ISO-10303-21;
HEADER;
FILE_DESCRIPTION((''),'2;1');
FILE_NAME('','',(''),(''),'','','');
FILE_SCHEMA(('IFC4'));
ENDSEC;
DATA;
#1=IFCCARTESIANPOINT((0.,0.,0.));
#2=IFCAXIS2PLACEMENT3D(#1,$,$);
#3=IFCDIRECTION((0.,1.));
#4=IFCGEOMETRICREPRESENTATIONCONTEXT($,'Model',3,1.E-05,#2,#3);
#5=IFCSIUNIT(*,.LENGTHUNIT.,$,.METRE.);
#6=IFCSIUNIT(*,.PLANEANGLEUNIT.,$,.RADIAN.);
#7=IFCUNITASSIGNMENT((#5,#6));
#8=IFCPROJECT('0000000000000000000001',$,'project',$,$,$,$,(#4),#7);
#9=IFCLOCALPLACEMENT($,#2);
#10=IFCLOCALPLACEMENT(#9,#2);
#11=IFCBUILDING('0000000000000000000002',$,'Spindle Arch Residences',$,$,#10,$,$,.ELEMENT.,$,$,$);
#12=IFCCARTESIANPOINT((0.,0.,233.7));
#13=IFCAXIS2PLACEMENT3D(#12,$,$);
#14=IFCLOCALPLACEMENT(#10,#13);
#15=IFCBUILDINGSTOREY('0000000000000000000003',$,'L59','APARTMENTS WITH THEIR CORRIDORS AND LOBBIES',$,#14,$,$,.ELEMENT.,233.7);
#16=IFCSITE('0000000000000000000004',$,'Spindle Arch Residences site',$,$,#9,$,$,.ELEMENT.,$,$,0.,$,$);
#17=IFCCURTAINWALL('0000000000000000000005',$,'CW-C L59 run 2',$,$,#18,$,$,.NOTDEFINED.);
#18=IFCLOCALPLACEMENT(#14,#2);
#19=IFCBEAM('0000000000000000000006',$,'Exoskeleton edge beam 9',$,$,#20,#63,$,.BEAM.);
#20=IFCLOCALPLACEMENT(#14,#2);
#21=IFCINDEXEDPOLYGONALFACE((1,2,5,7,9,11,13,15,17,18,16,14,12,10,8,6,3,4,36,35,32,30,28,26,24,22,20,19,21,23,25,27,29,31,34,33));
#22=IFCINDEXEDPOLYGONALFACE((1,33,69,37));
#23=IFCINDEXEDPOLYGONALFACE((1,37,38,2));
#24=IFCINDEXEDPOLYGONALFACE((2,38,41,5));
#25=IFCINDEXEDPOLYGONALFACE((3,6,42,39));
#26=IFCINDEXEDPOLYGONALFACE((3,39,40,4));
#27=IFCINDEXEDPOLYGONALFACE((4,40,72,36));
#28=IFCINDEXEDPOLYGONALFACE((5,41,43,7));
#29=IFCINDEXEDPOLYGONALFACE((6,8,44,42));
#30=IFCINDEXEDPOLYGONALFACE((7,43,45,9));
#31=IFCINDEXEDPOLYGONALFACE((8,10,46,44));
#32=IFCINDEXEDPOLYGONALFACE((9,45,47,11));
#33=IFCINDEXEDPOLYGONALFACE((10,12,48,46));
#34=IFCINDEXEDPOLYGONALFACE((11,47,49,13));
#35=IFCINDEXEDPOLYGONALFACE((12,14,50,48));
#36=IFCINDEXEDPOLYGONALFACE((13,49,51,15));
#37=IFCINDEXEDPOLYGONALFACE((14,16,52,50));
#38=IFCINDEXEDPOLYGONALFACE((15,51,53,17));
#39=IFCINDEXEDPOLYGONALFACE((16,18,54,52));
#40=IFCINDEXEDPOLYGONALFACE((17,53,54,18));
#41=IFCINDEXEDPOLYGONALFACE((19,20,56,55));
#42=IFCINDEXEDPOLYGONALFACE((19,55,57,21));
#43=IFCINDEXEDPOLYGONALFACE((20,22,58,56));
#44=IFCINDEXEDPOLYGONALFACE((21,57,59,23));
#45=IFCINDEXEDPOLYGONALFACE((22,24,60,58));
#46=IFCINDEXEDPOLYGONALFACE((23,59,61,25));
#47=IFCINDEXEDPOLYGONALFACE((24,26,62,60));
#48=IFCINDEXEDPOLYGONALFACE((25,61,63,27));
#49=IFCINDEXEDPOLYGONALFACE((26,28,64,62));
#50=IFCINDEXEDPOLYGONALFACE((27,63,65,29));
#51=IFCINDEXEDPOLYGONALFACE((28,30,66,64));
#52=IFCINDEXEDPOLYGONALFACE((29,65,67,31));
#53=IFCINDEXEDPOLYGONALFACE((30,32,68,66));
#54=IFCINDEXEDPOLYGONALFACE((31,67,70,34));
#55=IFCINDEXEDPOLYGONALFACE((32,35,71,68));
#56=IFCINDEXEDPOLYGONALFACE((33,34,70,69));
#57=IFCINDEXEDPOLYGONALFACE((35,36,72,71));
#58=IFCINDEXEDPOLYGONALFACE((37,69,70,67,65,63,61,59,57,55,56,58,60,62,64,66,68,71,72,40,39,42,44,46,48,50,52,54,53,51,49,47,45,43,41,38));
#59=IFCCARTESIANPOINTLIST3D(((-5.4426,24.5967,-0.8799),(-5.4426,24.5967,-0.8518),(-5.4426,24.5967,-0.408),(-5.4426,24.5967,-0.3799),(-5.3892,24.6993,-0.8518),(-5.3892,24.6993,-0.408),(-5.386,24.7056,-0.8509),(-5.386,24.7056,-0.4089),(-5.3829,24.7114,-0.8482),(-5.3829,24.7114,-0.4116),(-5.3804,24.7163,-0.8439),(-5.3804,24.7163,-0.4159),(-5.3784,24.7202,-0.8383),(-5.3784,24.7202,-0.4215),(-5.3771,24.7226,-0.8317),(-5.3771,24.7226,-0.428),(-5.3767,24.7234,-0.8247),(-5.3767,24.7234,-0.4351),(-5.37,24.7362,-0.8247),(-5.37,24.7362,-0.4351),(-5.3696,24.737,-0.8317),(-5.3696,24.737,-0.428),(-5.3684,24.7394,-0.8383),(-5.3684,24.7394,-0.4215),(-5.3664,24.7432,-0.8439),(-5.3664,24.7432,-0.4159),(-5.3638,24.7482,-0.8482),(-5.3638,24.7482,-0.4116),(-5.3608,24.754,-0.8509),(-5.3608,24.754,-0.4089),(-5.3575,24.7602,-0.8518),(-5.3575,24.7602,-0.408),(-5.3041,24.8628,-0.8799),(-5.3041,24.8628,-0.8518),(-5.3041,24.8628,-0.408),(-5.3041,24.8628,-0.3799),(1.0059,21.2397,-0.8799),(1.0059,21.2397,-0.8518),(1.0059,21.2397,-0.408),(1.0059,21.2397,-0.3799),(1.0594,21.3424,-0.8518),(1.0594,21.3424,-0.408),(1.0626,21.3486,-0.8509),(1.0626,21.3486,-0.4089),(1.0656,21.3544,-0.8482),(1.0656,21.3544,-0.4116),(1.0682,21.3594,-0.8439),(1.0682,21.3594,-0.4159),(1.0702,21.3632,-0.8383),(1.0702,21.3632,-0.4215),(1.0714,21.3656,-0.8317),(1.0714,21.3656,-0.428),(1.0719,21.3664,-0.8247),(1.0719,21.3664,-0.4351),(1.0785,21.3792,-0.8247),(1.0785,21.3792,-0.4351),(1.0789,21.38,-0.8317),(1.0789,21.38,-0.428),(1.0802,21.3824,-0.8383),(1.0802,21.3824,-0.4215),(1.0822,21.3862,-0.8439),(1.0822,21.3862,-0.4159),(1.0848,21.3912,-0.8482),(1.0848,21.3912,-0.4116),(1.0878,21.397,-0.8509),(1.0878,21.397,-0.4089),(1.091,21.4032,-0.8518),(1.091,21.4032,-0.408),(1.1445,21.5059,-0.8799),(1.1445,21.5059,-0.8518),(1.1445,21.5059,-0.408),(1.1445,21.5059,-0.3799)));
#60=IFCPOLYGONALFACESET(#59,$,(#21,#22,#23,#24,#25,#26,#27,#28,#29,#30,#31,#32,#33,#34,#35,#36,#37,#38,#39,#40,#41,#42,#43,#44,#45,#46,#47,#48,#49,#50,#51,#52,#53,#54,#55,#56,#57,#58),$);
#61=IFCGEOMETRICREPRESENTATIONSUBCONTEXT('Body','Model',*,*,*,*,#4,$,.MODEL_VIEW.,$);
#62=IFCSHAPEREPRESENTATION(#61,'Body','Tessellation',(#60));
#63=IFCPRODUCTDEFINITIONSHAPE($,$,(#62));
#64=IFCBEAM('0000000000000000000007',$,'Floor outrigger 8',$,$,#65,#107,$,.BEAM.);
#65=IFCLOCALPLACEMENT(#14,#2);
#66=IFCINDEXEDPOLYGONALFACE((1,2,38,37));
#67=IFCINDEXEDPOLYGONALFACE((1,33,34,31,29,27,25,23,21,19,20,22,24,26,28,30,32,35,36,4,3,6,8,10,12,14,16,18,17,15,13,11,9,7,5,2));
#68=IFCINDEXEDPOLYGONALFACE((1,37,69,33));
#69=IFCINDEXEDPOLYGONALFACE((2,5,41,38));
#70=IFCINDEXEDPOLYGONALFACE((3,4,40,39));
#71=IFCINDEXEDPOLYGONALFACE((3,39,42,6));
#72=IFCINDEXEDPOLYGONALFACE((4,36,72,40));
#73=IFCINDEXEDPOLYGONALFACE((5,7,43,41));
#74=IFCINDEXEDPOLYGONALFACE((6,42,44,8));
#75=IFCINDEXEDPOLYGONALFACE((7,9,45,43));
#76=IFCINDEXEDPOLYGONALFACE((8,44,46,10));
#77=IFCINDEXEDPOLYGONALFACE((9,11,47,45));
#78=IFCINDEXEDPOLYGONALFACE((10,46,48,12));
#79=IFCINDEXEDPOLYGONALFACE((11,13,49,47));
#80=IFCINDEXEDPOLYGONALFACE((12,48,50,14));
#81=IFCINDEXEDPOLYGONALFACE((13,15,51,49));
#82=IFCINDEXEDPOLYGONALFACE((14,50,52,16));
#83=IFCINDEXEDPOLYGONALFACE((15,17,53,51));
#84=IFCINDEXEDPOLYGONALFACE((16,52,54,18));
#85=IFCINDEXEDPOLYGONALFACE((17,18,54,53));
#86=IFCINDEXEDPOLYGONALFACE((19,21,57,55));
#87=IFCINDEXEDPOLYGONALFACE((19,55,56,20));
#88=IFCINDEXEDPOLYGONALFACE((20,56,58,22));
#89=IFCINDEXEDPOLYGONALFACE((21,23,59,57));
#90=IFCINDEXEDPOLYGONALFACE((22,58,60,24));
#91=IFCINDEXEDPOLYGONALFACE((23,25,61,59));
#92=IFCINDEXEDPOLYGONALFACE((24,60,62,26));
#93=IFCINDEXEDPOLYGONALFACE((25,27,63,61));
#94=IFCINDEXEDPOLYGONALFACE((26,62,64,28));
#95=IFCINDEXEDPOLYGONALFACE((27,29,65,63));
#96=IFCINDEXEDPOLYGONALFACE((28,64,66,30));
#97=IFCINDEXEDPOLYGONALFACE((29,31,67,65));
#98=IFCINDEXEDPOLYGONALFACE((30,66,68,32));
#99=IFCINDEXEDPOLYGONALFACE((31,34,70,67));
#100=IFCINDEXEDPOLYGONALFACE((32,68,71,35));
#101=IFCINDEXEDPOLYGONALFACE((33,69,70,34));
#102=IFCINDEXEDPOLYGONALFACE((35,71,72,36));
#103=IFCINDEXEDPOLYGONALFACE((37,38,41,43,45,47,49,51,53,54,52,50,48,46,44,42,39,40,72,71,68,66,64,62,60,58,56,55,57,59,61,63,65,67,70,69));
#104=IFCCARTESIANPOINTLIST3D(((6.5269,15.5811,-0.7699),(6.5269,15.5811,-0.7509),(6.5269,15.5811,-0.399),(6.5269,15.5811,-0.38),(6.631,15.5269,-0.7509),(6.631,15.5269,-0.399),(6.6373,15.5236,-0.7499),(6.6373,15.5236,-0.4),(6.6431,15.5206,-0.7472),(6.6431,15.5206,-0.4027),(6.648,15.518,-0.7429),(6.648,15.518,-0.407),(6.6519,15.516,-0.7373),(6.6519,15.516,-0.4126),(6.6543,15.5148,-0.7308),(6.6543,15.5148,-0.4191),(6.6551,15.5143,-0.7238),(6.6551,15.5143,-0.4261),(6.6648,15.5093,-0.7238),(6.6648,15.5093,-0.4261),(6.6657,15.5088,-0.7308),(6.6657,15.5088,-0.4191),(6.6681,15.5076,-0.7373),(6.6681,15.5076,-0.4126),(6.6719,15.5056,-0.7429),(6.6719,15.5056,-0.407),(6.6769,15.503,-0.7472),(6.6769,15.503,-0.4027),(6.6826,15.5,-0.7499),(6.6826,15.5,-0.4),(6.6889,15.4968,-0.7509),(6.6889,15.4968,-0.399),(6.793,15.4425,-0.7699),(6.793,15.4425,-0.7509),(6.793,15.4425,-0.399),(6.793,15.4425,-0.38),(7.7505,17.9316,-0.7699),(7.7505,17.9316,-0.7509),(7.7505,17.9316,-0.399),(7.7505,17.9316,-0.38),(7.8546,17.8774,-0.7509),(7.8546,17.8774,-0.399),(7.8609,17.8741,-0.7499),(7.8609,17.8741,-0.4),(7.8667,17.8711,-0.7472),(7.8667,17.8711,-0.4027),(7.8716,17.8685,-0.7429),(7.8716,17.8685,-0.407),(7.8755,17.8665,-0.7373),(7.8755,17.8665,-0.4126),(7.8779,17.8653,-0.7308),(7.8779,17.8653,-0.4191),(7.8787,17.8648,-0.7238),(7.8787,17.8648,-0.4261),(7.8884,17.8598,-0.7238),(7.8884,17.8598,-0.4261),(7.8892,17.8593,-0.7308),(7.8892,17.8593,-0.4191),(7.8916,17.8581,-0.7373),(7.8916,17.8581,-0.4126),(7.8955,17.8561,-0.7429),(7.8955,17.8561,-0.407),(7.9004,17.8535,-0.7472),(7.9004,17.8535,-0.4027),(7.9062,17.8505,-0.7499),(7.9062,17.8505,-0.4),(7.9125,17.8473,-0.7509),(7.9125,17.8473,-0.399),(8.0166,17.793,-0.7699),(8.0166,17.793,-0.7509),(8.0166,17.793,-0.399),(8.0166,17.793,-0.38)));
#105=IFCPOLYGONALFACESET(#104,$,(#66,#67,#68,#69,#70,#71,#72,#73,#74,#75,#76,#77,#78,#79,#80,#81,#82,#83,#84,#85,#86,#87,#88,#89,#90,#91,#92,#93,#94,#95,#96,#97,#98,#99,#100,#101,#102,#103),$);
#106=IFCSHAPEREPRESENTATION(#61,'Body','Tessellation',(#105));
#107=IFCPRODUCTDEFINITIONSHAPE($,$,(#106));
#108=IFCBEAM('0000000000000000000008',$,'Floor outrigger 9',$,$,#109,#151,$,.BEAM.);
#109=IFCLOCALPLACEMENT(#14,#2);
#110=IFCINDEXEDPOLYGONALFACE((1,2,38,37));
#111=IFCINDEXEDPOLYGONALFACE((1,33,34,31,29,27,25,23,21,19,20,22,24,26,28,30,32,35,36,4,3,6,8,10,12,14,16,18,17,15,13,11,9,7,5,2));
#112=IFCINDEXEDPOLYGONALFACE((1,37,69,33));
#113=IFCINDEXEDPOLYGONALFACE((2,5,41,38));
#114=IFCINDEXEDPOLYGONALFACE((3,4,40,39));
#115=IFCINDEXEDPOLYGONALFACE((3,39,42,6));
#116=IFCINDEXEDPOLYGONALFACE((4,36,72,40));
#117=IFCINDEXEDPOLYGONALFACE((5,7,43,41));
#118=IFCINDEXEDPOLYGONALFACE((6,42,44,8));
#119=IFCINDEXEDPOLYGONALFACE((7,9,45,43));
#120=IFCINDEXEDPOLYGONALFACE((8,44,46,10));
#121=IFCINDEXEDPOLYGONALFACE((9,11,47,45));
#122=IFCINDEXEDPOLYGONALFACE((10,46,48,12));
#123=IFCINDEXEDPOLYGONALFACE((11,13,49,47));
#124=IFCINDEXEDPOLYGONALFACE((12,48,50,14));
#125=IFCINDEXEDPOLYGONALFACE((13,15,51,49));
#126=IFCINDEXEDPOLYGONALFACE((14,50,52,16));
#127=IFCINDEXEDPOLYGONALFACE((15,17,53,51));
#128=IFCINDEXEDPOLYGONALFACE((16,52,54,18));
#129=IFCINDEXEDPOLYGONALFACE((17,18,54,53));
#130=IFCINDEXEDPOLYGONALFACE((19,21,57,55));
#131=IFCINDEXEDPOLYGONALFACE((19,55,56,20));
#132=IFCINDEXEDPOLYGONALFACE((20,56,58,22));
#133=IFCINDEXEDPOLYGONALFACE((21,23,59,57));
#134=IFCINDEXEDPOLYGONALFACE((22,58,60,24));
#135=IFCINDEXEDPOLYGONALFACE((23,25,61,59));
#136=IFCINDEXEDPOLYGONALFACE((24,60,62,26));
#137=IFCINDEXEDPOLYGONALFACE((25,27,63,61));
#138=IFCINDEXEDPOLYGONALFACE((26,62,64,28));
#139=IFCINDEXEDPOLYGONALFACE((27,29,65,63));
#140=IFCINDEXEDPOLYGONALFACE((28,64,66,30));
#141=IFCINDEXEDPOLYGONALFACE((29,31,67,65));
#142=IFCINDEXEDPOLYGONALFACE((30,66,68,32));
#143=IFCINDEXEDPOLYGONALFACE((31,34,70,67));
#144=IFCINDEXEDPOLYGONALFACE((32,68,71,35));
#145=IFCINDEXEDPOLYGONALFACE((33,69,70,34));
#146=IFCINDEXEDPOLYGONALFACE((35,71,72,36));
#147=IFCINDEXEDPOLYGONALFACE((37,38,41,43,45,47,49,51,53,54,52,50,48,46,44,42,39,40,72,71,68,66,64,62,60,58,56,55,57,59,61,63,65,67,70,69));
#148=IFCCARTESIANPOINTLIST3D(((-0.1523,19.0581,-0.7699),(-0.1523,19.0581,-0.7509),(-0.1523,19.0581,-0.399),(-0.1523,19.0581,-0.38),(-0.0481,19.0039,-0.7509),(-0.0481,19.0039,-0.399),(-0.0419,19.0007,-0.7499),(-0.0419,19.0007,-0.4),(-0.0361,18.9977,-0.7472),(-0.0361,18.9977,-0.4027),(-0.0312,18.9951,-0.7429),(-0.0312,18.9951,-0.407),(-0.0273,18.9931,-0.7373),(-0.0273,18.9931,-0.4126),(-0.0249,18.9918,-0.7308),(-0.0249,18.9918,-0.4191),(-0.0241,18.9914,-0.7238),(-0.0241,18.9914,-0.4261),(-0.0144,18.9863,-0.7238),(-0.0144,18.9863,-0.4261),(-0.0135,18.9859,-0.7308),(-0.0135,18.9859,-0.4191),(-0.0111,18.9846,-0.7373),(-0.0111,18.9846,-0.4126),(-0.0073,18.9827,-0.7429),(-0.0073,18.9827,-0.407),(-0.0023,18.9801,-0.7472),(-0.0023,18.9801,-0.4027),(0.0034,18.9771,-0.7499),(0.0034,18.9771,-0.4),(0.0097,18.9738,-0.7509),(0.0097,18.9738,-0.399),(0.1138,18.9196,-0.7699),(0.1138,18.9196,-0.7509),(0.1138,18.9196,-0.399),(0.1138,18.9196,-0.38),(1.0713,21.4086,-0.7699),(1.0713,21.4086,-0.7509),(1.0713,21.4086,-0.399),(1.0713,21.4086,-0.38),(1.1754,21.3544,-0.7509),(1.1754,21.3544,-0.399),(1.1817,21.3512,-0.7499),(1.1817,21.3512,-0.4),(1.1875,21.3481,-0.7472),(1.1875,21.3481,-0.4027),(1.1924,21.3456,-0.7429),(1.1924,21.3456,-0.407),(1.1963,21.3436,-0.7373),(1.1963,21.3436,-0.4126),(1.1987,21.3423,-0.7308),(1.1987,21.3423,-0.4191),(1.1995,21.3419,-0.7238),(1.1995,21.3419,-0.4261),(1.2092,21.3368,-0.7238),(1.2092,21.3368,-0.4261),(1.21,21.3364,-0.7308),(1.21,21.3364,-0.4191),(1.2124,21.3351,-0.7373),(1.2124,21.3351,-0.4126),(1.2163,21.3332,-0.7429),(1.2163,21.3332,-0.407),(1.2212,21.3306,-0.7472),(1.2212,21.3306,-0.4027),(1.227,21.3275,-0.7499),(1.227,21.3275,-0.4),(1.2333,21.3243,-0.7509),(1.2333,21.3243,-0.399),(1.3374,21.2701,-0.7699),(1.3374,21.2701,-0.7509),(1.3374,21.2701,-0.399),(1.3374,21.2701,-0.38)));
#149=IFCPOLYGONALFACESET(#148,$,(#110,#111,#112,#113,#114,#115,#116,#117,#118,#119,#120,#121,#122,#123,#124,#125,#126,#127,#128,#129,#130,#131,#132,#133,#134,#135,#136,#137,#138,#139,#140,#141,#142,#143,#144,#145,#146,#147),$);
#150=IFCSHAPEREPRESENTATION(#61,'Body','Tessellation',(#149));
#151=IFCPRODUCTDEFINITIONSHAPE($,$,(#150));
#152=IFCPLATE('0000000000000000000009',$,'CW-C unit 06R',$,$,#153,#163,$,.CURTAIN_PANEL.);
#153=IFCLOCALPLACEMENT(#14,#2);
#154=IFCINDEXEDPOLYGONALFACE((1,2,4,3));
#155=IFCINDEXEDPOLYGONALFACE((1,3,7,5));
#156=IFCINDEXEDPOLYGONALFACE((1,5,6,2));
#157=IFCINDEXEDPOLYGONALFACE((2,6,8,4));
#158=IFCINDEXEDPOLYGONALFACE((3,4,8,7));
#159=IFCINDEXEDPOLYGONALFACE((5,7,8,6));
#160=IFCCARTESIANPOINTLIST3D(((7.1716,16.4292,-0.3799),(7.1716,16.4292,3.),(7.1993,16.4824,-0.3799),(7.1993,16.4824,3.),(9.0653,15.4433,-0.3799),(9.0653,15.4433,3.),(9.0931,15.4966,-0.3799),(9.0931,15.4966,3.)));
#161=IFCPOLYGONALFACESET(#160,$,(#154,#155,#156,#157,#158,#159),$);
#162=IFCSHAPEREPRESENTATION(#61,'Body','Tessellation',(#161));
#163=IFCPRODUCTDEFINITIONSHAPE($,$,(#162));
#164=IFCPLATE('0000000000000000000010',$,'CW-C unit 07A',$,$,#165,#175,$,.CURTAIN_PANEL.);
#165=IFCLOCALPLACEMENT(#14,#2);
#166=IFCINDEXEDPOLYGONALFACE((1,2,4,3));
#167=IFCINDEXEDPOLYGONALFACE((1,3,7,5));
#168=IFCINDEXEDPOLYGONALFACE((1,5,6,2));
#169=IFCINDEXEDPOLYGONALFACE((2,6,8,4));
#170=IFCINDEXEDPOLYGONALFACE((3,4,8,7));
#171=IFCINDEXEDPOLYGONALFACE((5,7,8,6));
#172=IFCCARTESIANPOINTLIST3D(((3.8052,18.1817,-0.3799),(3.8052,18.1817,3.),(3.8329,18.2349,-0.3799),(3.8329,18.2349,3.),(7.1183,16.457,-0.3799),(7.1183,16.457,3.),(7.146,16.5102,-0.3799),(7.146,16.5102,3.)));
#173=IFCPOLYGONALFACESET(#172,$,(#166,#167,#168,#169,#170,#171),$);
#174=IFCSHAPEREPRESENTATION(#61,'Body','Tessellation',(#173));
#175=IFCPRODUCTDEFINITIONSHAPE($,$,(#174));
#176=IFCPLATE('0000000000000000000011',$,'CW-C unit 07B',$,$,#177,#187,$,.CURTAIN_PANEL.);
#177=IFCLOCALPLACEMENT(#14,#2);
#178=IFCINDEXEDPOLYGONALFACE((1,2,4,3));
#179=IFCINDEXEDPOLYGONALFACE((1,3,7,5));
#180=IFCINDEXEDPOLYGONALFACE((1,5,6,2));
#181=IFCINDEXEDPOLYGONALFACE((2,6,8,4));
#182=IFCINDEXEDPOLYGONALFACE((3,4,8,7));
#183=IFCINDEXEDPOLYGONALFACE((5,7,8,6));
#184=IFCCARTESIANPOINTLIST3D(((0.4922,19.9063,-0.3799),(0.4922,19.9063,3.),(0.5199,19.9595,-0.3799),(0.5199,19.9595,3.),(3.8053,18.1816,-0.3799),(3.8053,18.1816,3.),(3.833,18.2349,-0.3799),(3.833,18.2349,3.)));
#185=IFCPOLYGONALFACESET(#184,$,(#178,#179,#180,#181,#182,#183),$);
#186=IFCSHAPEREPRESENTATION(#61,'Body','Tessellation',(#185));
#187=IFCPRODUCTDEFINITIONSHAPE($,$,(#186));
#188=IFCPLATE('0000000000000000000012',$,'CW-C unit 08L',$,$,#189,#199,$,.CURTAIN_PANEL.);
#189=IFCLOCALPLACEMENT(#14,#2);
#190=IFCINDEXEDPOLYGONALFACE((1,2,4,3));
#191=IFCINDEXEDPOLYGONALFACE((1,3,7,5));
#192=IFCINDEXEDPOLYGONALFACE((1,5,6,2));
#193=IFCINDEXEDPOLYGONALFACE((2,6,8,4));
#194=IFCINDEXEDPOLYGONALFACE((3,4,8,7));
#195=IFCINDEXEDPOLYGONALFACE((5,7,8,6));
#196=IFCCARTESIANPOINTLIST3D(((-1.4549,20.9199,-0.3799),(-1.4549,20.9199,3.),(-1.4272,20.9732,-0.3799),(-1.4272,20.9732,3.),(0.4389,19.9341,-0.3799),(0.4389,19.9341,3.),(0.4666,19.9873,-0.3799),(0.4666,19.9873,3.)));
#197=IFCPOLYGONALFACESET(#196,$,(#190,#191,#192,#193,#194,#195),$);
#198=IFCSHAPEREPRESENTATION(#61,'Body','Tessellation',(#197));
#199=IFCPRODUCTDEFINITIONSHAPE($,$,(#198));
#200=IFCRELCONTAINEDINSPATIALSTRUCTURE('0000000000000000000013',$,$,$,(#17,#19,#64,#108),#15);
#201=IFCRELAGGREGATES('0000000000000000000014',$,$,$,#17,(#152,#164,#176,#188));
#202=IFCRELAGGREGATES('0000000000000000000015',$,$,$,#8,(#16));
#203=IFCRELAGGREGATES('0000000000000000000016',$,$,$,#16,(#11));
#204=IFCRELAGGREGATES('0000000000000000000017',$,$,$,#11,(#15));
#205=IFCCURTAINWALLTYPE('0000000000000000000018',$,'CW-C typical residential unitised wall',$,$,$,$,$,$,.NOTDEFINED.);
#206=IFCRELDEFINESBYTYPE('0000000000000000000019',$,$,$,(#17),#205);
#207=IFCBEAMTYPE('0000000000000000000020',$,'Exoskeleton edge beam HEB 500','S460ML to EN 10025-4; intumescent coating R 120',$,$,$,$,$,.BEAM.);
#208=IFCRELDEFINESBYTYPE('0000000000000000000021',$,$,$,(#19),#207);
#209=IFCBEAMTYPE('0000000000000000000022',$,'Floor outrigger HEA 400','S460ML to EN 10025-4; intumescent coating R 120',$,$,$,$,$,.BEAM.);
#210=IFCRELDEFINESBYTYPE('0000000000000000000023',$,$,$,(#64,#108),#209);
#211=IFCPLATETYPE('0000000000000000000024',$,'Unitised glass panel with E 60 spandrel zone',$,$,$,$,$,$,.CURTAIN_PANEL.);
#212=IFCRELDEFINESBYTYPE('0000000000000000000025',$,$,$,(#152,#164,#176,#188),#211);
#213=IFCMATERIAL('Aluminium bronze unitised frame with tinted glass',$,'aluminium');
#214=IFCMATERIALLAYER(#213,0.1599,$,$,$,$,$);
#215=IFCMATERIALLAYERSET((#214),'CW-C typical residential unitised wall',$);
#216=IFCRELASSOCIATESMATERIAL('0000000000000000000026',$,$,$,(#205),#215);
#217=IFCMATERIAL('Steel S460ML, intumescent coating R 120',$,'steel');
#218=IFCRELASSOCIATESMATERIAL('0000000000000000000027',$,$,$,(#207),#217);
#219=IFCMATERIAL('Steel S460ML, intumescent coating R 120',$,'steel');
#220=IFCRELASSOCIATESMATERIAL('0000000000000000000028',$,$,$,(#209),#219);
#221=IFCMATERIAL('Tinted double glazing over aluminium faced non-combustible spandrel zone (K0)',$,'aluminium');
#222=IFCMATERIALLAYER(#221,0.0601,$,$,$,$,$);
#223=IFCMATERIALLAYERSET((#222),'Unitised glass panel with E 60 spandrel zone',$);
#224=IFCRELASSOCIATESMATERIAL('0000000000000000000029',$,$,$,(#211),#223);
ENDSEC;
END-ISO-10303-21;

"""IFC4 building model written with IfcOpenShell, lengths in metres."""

from ifc_helpers import new_model, si_unit, direction, frame, origin, origin_2d, place, context, subcontext, project, spatial, rectangle, i_section, extrude, material, layer, layer_set, material_profile, profile_set, type_object, element, aggregate, save


model = new_model("IFC4")

# Units and contexts
model_context = context("Model", 3, precision=1e-05, world=origin(), true_north=direction((0.0, 1.0)))
body_context = subcontext(model_context, "Body", "Model", "MODEL_VIEW")
ifc_project = project(units=[si_unit("LENGTHUNIT", "METRE"), si_unit("PLANEANGLEUNIT", "RADIAN")], contexts=[model_context])

# Site, building, storey
site_placement = place(None, origin())
site = spatial("IfcSite", under=ifc_project, at=site_placement, Name="Spindle Arch Residences site", CompositionType="ELEMENT", RefElevation=0.0)
building_placement = place(site_placement, origin())
building = spatial("IfcBuilding", under=site, at=building_placement, Name="Spindle Arch Residences", CompositionType="ELEMENT")
storey_placement = place(building_placement, frame((0.0, 0.0, 233.7)))
storey = spatial("IfcBuildingStorey", under=building, at=storey_placement, Name="L59", Description="APARTMENTS WITH THEIR CORRIDORS AND LOBBIES", CompositionType="ELEMENT", Elevation=233.7)

# Curtain wall
ifc_material_1 = material(Name="Aluminium bronze unitised frame with tinted glass", Category="aluminium")
ifc_layer_1 = layer(ifc_material_1, 0.1599)
ifc_layer_set_1 = layer_set([ifc_layer_1], Name="CW-C typical residential unitised wall")
curtain_wall_type = type_object("IfcCurtainWallType", Name="CW-C typical residential unitised wall", PredefinedType="NOTDEFINED", material=ifc_layer_set_1)
curtain_wall_placement = place(storey_placement, origin())
curtain_wall = element("IfcCurtainWall", 1, at=curtain_wall_placement, inside=storey, type_object=curtain_wall_type, Name="CW-C L59 run 2", PredefinedType="NOTDEFINED")

# Beams
ifc_material_2 = material(Name="Steel S460ML, intumescent coating R 120", Category="steel")
ifc_material_profile_1 = material_profile(ifc_material_2, i_section(OverallWidth=0.3, OverallDepth=0.5, WebThickness=0.0144, FlangeThickness=0.0281, FilletRadius=0.0271, at=origin_2d()), Name="HEB 500")
ifc_profile_set_1 = profile_set([ifc_material_profile_1], Name="Steel S460ML, intumescent coating R 120")
beam_type_1 = type_object("IfcBeamType", Name="Exoskeleton edge beam HEB 500", Description="S460ML to EN 10025-4; intumescent coating R 120", PredefinedType="BEAM", material=ifc_profile_set_1)
for number, where, z_axis, x_axis, name in (
    (2, (1.0752, 21.3728, -0.6299), (-0.887007, 0.461756, 0.0), (-0.461756, -0.887007, 0.0), "Exoskeleton edge beam 9"),
):
    element("IfcBeam", number, at=place(storey_placement, frame(where, z_axis=z_axis, x_axis=x_axis)), inside=storey, type_object=beam_type_1, Name=name, PredefinedType="BEAM", context=body_context, shape_type="SweptSolid", body=[
        extrude(i_section(OverallWidth=0.3, OverallDepth=0.5, WebThickness=0.0144, FlangeThickness=0.0281, FilletRadius=0.0271, at=origin_2d()), origin(), (0.0, 0.0, 1.0), 7.27),
    ])
ifc_material_3 = material(Name="Steel S460ML, intumescent coating R 120", Category="steel")
ifc_material_profile_2 = material_profile(ifc_material_3, i_section(OverallWidth=0.3, OverallDepth=0.3899, WebThickness=0.011, FlangeThickness=0.019, FilletRadius=0.0271, at=origin_2d()), Name="HEA 400")
ifc_profile_set_2 = profile_set([ifc_material_profile_2], Name="Steel S460ML, intumescent coating R 120")
beam_type_2 = type_object("IfcBeamType", Name="Floor outrigger HEA 400", Description="S460ML to EN 10025-4; intumescent coating R 120", PredefinedType="BEAM", material=ifc_profile_set_2)
for number, where, z_axis, x_axis, name in (
    (3, (7.8835, 17.8623, -0.575), (-0.461747, -0.887012, 0.0), (0.887012, -0.461747, 0.0), "Floor outrigger 8"),
    (4, (1.2043, 21.3394, -0.575), (-0.461747, -0.887012, 0.0), (0.887012, -0.461747, 0.0), "Floor outrigger 9"),
):
    element("IfcBeam", number, at=place(storey_placement, frame(where, z_axis=z_axis, x_axis=x_axis)), inside=storey, type_object=beam_type_2, Name=name, PredefinedType="BEAM", context=body_context, shape_type="SweptSolid", body=[
        extrude(i_section(OverallWidth=0.3, OverallDepth=0.3899, WebThickness=0.011, FlangeThickness=0.019, FilletRadius=0.0271, at=origin_2d()), origin(), (0.0, 0.0, 1.0), 2.6499),
    ])

# Plates
ifc_material_4 = material(Name="Tinted double glazing over aluminium faced non-combustible spandrel zone (K0)", Category="aluminium")
ifc_layer_2 = layer(ifc_material_4, 0.0601)
ifc_layer_set_2 = layer_set([ifc_layer_2], Name="Unitised glass panel with E 60 spandrel zone")
plate_type = type_object("IfcPlateType", Name="Unitised glass panel with E 60 spandrel zone", PredefinedType="CURTAIN_PANEL", material=ifc_layer_set_2)
plate_1_placement = place(storey_placement, frame((8.1323, 15.9629, -0.3799), z_axis=(0.0, 0.0, 1.0), x_axis=(-0.887011, 0.461749, 0.0)))
plate_1 = element("IfcPlate", 5, at=plate_1_placement, type_object=plate_type, Name="CW-C unit 06R", PredefinedType="CURTAIN_PANEL", context=body_context, shape_type="SweptSolid", body=[
    extrude(rectangle(XDim=2.135, YDim=0.0601, at=origin_2d()), origin(), (0.0, 0.0, 1.0), 3.3799),
])
plate_2_placement = place(storey_placement, frame((5.4756, 17.3459, -0.3799), z_axis=(0.0, 0.0, 1.0), x_axis=(-0.887011, 0.461749, 0.0)))
plate_2 = element("IfcPlate", 6, at=plate_2_placement, type_object=plate_type, Name="CW-C unit 07A", PredefinedType="CURTAIN_PANEL", context=body_context, shape_type="SweptSolid", body=[
    extrude(rectangle(XDim=3.7351, YDim=0.0601, at=origin_2d()), origin(), (0.0, 0.0, 1.0), 3.3799),
])
plate_3_placement = place(storey_placement, frame((2.1626, 19.0706, -0.3799), z_axis=(0.0, 0.0, 1.0), x_axis=(-0.887011, 0.461749, 0.0)))
plate_3 = element("IfcPlate", 7, at=plate_3_placement, type_object=plate_type, Name="CW-C unit 07B", PredefinedType="CURTAIN_PANEL", context=body_context, shape_type="SweptSolid", body=[
    extrude(rectangle(XDim=3.7351, YDim=0.0601, at=origin_2d()), origin(), (0.0, 0.0, 1.0), 3.3799),
])
plate_4_placement = place(storey_placement, frame((-0.4941, 20.4536, -0.3799), z_axis=(0.0, 0.0, 1.0), x_axis=(-0.887011, 0.461749, 0.0)))
plate_4 = element("IfcPlate", 8, at=plate_4_placement, type_object=plate_type, Name="CW-C unit 08L", PredefinedType="CURTAIN_PANEL", context=body_context, shape_type="SweptSolid", body=[
    extrude(rectangle(XDim=2.135, YDim=0.0601, at=origin_2d()), origin(), (0.0, 0.0, 1.0), 3.3799),
])
aggregate(curtain_wall, [plate_1, plate_2, plate_3, plate_4])

save(model, "model.ifc")
